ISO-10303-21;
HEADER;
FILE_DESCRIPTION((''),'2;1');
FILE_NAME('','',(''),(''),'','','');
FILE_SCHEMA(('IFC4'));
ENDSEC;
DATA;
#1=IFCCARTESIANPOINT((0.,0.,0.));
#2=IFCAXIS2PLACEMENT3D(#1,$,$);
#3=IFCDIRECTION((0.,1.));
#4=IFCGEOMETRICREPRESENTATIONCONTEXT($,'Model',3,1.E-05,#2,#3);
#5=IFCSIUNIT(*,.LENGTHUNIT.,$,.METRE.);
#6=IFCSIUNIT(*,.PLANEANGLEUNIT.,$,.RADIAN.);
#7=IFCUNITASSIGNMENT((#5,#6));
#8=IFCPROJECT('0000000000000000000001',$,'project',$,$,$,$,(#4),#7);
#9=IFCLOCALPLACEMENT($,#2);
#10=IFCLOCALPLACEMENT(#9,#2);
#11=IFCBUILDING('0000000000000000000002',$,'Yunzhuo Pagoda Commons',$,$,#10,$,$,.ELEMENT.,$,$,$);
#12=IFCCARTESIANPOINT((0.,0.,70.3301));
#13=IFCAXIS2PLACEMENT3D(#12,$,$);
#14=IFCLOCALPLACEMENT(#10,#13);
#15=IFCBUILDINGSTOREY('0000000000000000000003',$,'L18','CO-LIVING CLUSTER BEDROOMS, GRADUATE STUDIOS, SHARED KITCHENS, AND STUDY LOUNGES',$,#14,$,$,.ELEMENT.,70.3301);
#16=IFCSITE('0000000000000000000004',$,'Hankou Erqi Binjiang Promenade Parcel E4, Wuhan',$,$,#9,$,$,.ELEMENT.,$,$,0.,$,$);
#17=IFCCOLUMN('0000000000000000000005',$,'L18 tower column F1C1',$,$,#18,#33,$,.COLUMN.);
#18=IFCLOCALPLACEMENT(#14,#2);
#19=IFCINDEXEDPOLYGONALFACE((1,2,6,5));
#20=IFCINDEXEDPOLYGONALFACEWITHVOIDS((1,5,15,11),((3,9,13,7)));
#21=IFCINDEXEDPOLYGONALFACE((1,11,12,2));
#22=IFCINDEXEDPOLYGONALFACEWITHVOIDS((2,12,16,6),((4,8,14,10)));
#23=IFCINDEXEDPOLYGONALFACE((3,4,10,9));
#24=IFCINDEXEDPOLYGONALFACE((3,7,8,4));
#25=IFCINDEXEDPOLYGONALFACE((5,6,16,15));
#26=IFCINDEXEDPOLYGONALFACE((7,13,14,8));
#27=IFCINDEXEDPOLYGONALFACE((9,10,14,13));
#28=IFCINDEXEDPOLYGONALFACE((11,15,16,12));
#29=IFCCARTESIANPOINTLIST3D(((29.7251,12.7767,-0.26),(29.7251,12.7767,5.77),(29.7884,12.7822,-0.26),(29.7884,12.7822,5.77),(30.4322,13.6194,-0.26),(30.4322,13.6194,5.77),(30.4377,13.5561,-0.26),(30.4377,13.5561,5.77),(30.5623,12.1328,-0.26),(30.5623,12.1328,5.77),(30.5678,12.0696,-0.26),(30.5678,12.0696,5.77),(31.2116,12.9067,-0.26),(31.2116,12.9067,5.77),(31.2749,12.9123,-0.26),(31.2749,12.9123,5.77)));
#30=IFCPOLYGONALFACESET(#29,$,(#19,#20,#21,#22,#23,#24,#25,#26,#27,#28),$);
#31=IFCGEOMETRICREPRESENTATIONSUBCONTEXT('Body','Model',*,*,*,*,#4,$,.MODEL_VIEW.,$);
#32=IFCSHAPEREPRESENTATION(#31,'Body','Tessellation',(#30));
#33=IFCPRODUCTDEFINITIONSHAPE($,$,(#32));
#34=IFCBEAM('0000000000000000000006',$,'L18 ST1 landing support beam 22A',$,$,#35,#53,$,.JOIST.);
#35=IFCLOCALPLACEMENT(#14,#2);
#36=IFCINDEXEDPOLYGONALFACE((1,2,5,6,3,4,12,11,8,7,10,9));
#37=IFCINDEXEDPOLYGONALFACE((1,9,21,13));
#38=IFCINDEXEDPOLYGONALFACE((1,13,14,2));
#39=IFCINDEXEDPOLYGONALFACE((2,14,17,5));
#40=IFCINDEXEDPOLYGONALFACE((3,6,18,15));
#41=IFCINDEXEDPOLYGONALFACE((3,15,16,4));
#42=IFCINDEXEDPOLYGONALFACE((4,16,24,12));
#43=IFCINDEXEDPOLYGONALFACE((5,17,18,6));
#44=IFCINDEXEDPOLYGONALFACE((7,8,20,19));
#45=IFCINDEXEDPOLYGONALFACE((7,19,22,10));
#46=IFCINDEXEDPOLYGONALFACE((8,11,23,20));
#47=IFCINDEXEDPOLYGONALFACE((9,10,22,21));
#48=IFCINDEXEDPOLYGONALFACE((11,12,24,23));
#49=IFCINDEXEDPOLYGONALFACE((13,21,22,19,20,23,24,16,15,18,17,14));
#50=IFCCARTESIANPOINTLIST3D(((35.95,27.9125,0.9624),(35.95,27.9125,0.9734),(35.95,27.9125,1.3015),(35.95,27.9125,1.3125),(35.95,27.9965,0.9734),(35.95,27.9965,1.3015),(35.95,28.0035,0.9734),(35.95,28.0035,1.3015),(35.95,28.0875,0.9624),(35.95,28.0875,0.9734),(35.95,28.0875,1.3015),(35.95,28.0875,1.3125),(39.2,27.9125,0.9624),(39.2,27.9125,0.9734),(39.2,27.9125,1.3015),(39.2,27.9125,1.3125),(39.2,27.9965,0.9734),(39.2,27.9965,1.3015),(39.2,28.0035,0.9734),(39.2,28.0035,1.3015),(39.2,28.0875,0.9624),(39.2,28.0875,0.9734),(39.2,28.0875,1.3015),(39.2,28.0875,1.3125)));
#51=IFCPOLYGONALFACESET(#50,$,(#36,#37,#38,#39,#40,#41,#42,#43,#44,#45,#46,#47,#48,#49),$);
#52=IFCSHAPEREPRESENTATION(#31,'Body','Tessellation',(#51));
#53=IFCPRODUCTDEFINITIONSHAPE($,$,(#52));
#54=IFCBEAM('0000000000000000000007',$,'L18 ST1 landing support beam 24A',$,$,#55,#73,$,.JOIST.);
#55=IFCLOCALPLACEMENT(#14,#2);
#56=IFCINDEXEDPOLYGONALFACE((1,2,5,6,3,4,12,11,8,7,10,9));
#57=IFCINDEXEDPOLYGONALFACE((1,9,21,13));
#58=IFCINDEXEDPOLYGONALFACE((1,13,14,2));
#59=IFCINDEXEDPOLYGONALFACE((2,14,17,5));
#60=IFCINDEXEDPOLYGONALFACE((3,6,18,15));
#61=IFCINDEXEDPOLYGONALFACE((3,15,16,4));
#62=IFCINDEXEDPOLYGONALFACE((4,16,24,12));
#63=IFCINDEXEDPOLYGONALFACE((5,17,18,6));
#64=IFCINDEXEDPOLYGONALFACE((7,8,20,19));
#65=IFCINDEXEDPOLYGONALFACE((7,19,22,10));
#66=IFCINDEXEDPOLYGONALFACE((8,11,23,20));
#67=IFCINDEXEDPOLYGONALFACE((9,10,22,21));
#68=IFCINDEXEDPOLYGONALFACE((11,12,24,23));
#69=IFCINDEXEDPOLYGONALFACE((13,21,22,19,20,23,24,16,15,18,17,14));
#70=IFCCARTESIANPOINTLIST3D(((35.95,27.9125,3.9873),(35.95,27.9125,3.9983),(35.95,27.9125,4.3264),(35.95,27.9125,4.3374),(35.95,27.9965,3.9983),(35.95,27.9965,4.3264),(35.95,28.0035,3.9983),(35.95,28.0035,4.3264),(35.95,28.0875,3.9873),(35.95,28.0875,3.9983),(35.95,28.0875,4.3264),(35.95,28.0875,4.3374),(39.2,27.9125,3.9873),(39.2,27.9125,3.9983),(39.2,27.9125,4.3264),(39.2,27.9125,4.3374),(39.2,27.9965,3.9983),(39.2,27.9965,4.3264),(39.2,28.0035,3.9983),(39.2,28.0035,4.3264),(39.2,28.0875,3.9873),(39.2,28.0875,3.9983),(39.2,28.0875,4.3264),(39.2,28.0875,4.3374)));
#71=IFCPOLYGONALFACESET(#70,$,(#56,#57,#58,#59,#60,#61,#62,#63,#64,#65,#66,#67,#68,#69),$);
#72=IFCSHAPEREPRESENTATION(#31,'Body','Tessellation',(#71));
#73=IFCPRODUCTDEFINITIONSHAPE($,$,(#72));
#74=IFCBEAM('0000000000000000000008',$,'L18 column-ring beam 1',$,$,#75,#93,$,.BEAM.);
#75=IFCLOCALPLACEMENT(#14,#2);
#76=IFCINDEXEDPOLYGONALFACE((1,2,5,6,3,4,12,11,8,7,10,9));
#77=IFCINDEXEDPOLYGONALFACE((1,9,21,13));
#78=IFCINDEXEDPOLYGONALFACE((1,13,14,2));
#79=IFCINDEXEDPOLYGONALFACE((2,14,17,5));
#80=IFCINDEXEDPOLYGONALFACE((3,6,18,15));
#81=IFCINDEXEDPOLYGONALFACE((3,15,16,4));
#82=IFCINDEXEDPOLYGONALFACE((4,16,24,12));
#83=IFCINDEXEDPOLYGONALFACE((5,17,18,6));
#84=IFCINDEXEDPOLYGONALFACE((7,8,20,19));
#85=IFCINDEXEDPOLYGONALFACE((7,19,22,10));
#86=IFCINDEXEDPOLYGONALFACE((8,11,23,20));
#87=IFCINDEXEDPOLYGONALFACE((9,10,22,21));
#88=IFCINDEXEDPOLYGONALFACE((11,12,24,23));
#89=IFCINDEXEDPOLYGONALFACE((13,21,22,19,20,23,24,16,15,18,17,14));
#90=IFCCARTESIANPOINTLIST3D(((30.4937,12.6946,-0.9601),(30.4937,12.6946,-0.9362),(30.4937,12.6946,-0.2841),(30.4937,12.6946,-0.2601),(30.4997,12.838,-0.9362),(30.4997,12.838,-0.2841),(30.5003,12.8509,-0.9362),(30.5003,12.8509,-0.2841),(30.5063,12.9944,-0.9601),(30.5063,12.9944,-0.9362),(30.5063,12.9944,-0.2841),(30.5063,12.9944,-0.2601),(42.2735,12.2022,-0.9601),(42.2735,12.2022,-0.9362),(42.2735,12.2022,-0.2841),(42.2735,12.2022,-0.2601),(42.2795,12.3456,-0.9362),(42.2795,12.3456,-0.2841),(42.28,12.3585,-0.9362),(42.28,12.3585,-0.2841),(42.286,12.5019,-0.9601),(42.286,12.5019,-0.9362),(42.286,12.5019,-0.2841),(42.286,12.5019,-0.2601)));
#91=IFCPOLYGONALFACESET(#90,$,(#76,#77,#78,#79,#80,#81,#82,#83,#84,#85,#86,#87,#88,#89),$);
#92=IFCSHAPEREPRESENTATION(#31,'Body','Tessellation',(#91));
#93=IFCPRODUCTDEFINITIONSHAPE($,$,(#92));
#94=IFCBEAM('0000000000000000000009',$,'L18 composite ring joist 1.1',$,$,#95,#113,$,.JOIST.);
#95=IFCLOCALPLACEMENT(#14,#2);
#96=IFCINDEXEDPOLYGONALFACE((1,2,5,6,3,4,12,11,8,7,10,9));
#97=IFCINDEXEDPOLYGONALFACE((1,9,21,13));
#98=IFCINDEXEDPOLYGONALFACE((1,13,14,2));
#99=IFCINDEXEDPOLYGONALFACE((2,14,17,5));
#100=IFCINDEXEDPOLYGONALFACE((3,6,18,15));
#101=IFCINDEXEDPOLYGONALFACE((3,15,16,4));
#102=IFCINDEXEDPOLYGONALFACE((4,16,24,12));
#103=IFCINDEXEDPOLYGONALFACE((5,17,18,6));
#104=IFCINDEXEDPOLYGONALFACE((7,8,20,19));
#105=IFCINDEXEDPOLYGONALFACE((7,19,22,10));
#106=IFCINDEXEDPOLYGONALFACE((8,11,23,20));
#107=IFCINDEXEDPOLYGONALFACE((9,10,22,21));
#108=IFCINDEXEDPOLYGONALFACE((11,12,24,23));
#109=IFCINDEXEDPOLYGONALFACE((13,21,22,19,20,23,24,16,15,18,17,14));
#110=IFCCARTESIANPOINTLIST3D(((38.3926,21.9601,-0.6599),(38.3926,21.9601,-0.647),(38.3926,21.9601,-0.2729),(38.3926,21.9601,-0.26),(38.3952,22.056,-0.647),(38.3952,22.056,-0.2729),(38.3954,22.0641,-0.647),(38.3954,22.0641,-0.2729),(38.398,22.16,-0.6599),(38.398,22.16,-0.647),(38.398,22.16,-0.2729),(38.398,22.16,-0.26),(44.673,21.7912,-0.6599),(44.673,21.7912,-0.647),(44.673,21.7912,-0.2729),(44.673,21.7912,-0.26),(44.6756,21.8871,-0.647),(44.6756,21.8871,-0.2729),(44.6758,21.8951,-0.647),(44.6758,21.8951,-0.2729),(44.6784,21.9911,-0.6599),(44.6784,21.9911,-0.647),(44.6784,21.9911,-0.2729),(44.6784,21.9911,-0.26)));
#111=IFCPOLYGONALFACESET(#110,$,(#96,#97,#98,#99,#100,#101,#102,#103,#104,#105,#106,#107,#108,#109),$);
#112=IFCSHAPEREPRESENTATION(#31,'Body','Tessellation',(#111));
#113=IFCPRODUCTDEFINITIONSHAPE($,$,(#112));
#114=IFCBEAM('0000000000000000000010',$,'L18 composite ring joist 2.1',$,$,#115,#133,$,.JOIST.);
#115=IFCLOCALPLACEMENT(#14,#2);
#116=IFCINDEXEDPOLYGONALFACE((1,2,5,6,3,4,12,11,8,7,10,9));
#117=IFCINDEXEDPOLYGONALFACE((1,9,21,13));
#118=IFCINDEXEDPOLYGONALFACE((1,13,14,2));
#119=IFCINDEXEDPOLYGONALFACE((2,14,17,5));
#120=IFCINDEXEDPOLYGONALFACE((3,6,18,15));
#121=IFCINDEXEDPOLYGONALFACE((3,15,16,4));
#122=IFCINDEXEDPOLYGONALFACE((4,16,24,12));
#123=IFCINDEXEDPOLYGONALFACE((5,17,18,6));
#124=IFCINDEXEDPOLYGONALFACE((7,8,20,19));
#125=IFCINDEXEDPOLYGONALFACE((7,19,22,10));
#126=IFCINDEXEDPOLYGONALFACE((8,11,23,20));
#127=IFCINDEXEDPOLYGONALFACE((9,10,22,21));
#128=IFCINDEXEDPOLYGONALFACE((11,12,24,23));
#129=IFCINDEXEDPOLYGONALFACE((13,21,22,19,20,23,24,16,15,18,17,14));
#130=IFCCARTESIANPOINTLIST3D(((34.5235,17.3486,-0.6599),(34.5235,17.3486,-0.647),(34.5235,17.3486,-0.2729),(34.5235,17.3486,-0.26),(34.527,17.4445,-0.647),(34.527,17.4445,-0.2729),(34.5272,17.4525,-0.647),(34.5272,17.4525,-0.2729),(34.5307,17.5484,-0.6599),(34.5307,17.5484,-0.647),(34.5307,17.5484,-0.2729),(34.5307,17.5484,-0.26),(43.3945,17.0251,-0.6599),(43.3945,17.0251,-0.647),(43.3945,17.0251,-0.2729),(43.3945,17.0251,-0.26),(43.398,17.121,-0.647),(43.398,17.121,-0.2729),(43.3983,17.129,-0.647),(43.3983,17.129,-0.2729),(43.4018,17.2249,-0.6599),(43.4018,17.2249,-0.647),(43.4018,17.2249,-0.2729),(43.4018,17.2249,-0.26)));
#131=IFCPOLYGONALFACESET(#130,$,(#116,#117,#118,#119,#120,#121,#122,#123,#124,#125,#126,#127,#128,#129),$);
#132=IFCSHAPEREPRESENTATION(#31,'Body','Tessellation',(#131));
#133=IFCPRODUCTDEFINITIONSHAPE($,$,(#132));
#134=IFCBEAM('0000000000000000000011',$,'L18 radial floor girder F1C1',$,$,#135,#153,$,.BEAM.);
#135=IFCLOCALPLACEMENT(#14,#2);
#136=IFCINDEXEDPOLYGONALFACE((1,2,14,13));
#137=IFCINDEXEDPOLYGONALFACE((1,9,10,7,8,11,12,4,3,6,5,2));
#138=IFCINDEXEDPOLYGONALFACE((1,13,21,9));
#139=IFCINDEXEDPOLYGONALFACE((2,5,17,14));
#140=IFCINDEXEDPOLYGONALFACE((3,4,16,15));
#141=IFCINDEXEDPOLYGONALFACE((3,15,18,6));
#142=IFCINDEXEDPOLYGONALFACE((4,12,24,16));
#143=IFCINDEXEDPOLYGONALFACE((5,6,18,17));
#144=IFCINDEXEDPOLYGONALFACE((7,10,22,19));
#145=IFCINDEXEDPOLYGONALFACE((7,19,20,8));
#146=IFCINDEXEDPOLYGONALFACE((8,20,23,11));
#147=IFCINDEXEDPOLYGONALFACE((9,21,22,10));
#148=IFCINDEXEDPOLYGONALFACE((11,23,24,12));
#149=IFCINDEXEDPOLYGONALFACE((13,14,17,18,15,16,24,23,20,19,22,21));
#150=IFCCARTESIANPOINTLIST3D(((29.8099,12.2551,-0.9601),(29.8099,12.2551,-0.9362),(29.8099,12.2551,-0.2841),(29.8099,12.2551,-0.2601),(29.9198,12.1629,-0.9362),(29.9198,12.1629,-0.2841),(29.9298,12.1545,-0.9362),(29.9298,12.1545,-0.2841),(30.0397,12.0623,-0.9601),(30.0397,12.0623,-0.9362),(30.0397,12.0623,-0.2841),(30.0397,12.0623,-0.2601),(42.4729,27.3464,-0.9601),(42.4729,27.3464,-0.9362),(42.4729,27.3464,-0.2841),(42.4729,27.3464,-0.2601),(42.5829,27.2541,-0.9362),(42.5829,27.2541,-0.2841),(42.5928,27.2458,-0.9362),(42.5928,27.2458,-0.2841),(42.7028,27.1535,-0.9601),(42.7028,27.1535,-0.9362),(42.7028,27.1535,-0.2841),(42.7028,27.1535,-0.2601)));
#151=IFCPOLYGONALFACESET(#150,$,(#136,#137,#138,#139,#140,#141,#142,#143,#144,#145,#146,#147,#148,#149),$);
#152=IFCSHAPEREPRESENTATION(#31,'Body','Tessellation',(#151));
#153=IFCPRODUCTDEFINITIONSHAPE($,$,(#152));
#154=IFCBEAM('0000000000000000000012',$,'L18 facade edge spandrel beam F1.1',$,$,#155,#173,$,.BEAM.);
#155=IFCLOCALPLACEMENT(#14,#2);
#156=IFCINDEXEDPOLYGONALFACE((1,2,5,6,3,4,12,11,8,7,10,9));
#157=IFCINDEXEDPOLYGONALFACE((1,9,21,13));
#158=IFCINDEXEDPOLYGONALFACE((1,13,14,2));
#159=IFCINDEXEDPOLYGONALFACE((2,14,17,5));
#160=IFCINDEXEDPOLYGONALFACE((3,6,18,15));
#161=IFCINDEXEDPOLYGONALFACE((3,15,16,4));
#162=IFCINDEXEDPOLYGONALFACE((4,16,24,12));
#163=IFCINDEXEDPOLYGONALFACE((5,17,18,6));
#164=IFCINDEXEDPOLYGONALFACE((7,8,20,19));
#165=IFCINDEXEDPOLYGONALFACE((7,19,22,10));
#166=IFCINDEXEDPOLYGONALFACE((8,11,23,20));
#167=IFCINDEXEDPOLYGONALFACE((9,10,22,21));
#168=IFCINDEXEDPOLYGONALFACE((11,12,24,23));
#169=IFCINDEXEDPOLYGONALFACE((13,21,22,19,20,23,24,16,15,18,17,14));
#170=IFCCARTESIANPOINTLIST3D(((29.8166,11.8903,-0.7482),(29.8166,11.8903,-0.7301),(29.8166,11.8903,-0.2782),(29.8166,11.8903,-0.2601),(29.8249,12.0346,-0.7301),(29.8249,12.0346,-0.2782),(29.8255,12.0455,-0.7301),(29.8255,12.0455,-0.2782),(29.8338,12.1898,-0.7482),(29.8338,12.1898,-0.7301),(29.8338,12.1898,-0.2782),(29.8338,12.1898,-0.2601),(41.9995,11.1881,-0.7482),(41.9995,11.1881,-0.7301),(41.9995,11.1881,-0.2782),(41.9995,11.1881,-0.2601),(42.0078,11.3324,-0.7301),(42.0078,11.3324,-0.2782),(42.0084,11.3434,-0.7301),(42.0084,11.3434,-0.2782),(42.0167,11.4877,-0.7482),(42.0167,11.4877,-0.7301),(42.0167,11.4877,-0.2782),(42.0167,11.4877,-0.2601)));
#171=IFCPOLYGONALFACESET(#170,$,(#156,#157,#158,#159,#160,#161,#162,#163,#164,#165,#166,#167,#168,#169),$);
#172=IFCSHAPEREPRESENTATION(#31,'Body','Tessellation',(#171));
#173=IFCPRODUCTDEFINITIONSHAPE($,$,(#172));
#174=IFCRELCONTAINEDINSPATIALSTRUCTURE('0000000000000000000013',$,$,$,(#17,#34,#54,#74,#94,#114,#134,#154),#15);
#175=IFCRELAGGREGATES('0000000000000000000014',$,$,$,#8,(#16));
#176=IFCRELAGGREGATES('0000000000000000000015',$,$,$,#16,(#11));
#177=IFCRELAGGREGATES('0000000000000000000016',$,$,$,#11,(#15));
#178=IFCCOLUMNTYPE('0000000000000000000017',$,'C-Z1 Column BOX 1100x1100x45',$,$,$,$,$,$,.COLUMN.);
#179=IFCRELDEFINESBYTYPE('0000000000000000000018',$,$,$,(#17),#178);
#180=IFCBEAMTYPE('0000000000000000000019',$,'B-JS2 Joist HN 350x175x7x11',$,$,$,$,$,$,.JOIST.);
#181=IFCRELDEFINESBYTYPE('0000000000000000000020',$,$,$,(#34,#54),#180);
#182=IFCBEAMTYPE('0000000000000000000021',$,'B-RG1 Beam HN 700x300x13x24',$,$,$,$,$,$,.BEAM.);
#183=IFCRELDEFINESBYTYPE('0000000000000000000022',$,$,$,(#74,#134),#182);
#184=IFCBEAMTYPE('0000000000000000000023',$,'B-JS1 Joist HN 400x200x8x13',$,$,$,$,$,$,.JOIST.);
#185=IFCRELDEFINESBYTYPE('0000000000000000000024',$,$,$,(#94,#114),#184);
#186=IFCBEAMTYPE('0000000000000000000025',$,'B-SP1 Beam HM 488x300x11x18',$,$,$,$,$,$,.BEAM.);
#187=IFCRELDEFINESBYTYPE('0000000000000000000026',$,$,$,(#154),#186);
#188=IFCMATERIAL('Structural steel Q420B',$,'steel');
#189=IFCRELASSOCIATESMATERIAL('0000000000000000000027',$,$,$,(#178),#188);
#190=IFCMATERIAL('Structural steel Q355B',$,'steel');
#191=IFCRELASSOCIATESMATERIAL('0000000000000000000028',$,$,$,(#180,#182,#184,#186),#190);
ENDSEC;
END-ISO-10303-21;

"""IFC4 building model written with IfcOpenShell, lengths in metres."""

from ifc_helpers import new_model, si_unit, direction, frame, origin, origin_2d, place, context, subcontext, project, spatial, hollow_rectangle, i_section, extrude, source, transform, mapped, material, material_profile, profile_set, type_object, element, save


model = new_model("IFC4")

# Units and contexts
model_context = context("Model", 3, precision=1e-05, world=origin(), true_north=direction((0.0, 1.0)))
body_context = subcontext(model_context, "Body", "Model", "MODEL_VIEW")
ifc_project = project(units=[si_unit("LENGTHUNIT", "METRE"), si_unit("PLANEANGLEUNIT", "RADIAN")], contexts=[model_context])

# Site, building, storey
site_placement = place(None, origin())
site = spatial("IfcSite", under=ifc_project, at=site_placement, Name="Hankou Erqi Binjiang Promenade Parcel E4, Wuhan", CompositionType="ELEMENT", RefElevation=0.0)
building_placement = place(site_placement, origin())
building = spatial("IfcBuilding", under=site, at=building_placement, Name="Yunzhuo Pagoda Commons", CompositionType="ELEMENT")
storey_placement = place(building_placement, frame((0.0, 0.0, 70.3301)))
storey = spatial("IfcBuildingStorey", under=building, at=storey_placement, Name="L18", Description="CO-LIVING CLUSTER BEDROOMS, GRADUATE STUDIOS, SHARED KITCHENS, AND STUDY LOUNGES", CompositionType="ELEMENT", Elevation=70.3301)

# Column
ifc_material_1 = material(Name="Structural steel Q420B", Category="steel")
ifc_material_profile_1 = material_profile(ifc_material_1, hollow_rectangle(XDim=1.1001, YDim=1.1001, WallThickness=0.0449, at=origin_2d()), Name="Structural steel Q420B")
ifc_profile_set_1 = profile_set([ifc_material_profile_1], Name="Structural steel Q420B")
column_type = type_object("IfcColumnType", Name="C-Z1 Column BOX 1100x1100x45", PredefinedType="COLUMN", material=ifc_profile_set_1)
shared_shape_1 = source(origin(), body_context, "Body", "SweptSolid", [
    extrude(hollow_rectangle(XDim=1.1001, YDim=1.1001, WallThickness=0.0449, at=origin_2d()), origin(), (0.0, 0.0, 1.0), 6.03),
])
column_placement = place(storey_placement, frame((30.5, 12.8445, -0.26), z_axis=(0.0, 0.0, 1.0), x_axis=(0.766044, -0.642788, 0.0)))
element("IfcColumn", 1, at=column_placement, inside=storey, type_object=column_type, Name="L18 tower column F1C1", PredefinedType="COLUMN", context=body_context, shape_type="MappedRepresentation", body=[
    mapped(shared_shape_1, transform((0.0, 0.0, 0.0), scale=1.0)),
])

# Beams
ifc_material_2 = material(Name="Structural steel Q355B", Category="steel")
ifc_material_profile_2 = material_profile(ifc_material_2, i_section(OverallWidth=0.175, OverallDepth=0.3501, WebThickness=0.0071, FlangeThickness=0.011, at=origin_2d()), Name="Structural steel Q355B")
ifc_profile_set_2 = profile_set([ifc_material_profile_2], Name="Structural steel Q355B")
beam_type_1 = type_object("IfcBeamType", Name="B-JS2 Joist HN 350x175x7x11", PredefinedType="JOIST", material=ifc_profile_set_2)
shared_shape_2 = source(origin(), body_context, "Body", "SweptSolid", [
    extrude(i_section(OverallWidth=0.175, OverallDepth=0.3501, WebThickness=0.0071, FlangeThickness=0.011, at=origin_2d()), origin(), (0.0, 0.0, 1.0), 3.25),
])
for number, where, z_axis, x_axis, name in (
    (2, (35.95, 28.0, 1.1375), (1.0, 0.0, 0.0), (0.0, 1.0, 0.0), "L18 ST1 landing support beam 22A"),
    (3, (35.95, 28.0, 4.1624), (1.0, 0.0, 0.0), (0.0, 1.0, 0.0), "L18 ST1 landing support beam 24A"),
):
    element("IfcBeam", number, at=place(storey_placement, frame(where, z_axis=z_axis, x_axis=x_axis)), inside=storey, type_object=beam_type_1, Name=name, PredefinedType="JOIST", context=body_context, shape_type="MappedRepresentation", body=[
        mapped(shared_shape_2, transform((0.0, 0.0, 0.0), scale=1.0)),
    ])
ifc_material_profile_3 = material_profile(ifc_material_2, i_section(OverallWidth=0.3, OverallDepth=0.7, WebThickness=0.0129, FlangeThickness=0.0239, at=origin_2d()), Name="Structural steel Q355B")
ifc_profile_set_3 = profile_set([ifc_material_profile_3], Name="Structural steel Q355B")
beam_type_2 = type_object("IfcBeamType", Name="B-RG1 Beam HN 700x300x13x24", PredefinedType="BEAM", material=ifc_profile_set_3)
shared_shape_3 = source(origin(), body_context, "Body", "SweptSolid", [
    extrude(i_section(OverallWidth=0.3, OverallDepth=0.7, WebThickness=0.0129, FlangeThickness=0.0239, at=origin_2d()), origin(), (0.0, 0.0, 1.0), 11.79),
])
beam_1_placement = place(storey_placement, frame((30.5, 12.8445, -0.6101), z_axis=(0.999127, -0.041767, 0.0), x_axis=(0.041767, 0.999127, 0.0)))
element("IfcBeam", 4, at=beam_1_placement, inside=storey, type_object=beam_type_2, Name="L18 column-ring beam 1", PredefinedType="BEAM", context=body_context, shape_type="MappedRepresentation", body=[
    mapped(shared_shape_3, transform((0.0, 0.0, 0.0), scale=1.0)),
])
ifc_material_profile_4 = material_profile(ifc_material_2, i_section(OverallWidth=0.2, OverallDepth=0.3999, WebThickness=0.0081, FlangeThickness=0.0129, at=origin_2d()), Name="Structural steel Q355B")
ifc_profile_set_4 = profile_set([ifc_material_profile_4], Name="Structural steel Q355B")
beam_type_3 = type_object("IfcBeamType", Name="B-JS1 Joist HN 400x200x8x13", PredefinedType="JOIST", material=ifc_profile_set_4)
shared_shape_4 = source(origin(), body_context, "Body", "SweptSolid", [
    extrude(i_section(OverallWidth=0.2, OverallDepth=0.3999, WebThickness=0.0081, FlangeThickness=0.0129, at=origin_2d()), origin(), (0.0, 0.0, 1.0), 6.2827),
])
beam_2_placement = place(storey_placement, frame((38.3953, 22.0601, -0.46), z_axis=(0.999638, -0.02689, 0.0), x_axis=(0.02689, 0.999638, 0.0)))
element("IfcBeam", 5, at=beam_2_placement, inside=storey, type_object=beam_type_3, Name="L18 composite ring joist 1.1", PredefinedType="JOIST", context=body_context, shape_type="MappedRepresentation", body=[
    mapped(shared_shape_4, transform((0.0, 0.0, 0.0), scale=1.0)),
])
shared_shape_5 = source(origin(), body_context, "Body", "SweptSolid", [
    extrude(i_section(OverallWidth=0.2, OverallDepth=0.3999, WebThickness=0.0081, FlangeThickness=0.0129, at=origin_2d()), origin(), (0.0, 0.0, 1.0), 8.877),
])
beam_3_placement = place(storey_placement, frame((34.5271, 17.4485, -0.46), z_axis=(0.999336, -0.036441, 0.0), x_axis=(0.036441, 0.999336, 0.0)))
element("IfcBeam", 6, at=beam_3_placement, inside=storey, type_object=beam_type_3, Name="L18 composite ring joist 2.1", PredefinedType="JOIST", context=body_context, shape_type="MappedRepresentation", body=[
    mapped(shared_shape_5, transform((0.0, 0.0, 0.0), scale=1.0)),
])
shared_shape_6 = source(origin(), body_context, "Body", "SweptSolid", [
    extrude(i_section(OverallWidth=0.3, OverallDepth=0.7, WebThickness=0.0129, FlangeThickness=0.0239, at=origin_2d()), origin(), (0.0, 0.0, 1.0), 19.7002),
])
beam_4_placement = place(storey_placement, frame((29.9248, 12.1587, -0.6101), z_axis=(0.642787, 0.766045, 0.0), x_axis=(-0.766045, 0.642787, 0.0)))
element("IfcBeam", 7, at=beam_4_placement, inside=storey, type_object=beam_type_2, Name="L18 radial floor girder F1C1", PredefinedType="BEAM", context=body_context, shape_type="MappedRepresentation", body=[
    mapped(shared_shape_6, transform((0.0, 0.0, 0.0), scale=1.0)),
])
ifc_material_profile_5 = material_profile(ifc_material_2, i_section(OverallWidth=0.3, OverallDepth=0.488, WebThickness=0.011, FlangeThickness=0.0181, at=origin_2d()), Name="Structural steel Q355B")
ifc_profile_set_5 = profile_set([ifc_material_profile_5], Name="Structural steel Q355B")
beam_type_4 = type_object("IfcBeamType", Name="B-SP1 Beam HM 488x300x11x18", PredefinedType="BEAM", material=ifc_profile_set_5)
shared_shape_7 = source(origin(), body_context, "Body", "SweptSolid", [
    extrude(i_section(OverallWidth=0.3, OverallDepth=0.488, WebThickness=0.011, FlangeThickness=0.0181, at=origin_2d()), origin(), (0.0, 0.0, 1.0), 12.2031),
])
beam_5_placement = place(storey_placement, frame((29.8252, 12.04, -0.5042), z_axis=(0.998343, -0.057539, 0.0), x_axis=(0.057539, 0.998343, 0.0)))
element("IfcBeam", 8, at=beam_5_placement, inside=storey, type_object=beam_type_4, Name="L18 facade edge spandrel beam F1.1", PredefinedType="BEAM", context=body_context, shape_type="MappedRepresentation", body=[
    mapped(shared_shape_7, transform((0.0, 0.0, 0.0), scale=1.0)),
])

save(model, "model.ifc")
